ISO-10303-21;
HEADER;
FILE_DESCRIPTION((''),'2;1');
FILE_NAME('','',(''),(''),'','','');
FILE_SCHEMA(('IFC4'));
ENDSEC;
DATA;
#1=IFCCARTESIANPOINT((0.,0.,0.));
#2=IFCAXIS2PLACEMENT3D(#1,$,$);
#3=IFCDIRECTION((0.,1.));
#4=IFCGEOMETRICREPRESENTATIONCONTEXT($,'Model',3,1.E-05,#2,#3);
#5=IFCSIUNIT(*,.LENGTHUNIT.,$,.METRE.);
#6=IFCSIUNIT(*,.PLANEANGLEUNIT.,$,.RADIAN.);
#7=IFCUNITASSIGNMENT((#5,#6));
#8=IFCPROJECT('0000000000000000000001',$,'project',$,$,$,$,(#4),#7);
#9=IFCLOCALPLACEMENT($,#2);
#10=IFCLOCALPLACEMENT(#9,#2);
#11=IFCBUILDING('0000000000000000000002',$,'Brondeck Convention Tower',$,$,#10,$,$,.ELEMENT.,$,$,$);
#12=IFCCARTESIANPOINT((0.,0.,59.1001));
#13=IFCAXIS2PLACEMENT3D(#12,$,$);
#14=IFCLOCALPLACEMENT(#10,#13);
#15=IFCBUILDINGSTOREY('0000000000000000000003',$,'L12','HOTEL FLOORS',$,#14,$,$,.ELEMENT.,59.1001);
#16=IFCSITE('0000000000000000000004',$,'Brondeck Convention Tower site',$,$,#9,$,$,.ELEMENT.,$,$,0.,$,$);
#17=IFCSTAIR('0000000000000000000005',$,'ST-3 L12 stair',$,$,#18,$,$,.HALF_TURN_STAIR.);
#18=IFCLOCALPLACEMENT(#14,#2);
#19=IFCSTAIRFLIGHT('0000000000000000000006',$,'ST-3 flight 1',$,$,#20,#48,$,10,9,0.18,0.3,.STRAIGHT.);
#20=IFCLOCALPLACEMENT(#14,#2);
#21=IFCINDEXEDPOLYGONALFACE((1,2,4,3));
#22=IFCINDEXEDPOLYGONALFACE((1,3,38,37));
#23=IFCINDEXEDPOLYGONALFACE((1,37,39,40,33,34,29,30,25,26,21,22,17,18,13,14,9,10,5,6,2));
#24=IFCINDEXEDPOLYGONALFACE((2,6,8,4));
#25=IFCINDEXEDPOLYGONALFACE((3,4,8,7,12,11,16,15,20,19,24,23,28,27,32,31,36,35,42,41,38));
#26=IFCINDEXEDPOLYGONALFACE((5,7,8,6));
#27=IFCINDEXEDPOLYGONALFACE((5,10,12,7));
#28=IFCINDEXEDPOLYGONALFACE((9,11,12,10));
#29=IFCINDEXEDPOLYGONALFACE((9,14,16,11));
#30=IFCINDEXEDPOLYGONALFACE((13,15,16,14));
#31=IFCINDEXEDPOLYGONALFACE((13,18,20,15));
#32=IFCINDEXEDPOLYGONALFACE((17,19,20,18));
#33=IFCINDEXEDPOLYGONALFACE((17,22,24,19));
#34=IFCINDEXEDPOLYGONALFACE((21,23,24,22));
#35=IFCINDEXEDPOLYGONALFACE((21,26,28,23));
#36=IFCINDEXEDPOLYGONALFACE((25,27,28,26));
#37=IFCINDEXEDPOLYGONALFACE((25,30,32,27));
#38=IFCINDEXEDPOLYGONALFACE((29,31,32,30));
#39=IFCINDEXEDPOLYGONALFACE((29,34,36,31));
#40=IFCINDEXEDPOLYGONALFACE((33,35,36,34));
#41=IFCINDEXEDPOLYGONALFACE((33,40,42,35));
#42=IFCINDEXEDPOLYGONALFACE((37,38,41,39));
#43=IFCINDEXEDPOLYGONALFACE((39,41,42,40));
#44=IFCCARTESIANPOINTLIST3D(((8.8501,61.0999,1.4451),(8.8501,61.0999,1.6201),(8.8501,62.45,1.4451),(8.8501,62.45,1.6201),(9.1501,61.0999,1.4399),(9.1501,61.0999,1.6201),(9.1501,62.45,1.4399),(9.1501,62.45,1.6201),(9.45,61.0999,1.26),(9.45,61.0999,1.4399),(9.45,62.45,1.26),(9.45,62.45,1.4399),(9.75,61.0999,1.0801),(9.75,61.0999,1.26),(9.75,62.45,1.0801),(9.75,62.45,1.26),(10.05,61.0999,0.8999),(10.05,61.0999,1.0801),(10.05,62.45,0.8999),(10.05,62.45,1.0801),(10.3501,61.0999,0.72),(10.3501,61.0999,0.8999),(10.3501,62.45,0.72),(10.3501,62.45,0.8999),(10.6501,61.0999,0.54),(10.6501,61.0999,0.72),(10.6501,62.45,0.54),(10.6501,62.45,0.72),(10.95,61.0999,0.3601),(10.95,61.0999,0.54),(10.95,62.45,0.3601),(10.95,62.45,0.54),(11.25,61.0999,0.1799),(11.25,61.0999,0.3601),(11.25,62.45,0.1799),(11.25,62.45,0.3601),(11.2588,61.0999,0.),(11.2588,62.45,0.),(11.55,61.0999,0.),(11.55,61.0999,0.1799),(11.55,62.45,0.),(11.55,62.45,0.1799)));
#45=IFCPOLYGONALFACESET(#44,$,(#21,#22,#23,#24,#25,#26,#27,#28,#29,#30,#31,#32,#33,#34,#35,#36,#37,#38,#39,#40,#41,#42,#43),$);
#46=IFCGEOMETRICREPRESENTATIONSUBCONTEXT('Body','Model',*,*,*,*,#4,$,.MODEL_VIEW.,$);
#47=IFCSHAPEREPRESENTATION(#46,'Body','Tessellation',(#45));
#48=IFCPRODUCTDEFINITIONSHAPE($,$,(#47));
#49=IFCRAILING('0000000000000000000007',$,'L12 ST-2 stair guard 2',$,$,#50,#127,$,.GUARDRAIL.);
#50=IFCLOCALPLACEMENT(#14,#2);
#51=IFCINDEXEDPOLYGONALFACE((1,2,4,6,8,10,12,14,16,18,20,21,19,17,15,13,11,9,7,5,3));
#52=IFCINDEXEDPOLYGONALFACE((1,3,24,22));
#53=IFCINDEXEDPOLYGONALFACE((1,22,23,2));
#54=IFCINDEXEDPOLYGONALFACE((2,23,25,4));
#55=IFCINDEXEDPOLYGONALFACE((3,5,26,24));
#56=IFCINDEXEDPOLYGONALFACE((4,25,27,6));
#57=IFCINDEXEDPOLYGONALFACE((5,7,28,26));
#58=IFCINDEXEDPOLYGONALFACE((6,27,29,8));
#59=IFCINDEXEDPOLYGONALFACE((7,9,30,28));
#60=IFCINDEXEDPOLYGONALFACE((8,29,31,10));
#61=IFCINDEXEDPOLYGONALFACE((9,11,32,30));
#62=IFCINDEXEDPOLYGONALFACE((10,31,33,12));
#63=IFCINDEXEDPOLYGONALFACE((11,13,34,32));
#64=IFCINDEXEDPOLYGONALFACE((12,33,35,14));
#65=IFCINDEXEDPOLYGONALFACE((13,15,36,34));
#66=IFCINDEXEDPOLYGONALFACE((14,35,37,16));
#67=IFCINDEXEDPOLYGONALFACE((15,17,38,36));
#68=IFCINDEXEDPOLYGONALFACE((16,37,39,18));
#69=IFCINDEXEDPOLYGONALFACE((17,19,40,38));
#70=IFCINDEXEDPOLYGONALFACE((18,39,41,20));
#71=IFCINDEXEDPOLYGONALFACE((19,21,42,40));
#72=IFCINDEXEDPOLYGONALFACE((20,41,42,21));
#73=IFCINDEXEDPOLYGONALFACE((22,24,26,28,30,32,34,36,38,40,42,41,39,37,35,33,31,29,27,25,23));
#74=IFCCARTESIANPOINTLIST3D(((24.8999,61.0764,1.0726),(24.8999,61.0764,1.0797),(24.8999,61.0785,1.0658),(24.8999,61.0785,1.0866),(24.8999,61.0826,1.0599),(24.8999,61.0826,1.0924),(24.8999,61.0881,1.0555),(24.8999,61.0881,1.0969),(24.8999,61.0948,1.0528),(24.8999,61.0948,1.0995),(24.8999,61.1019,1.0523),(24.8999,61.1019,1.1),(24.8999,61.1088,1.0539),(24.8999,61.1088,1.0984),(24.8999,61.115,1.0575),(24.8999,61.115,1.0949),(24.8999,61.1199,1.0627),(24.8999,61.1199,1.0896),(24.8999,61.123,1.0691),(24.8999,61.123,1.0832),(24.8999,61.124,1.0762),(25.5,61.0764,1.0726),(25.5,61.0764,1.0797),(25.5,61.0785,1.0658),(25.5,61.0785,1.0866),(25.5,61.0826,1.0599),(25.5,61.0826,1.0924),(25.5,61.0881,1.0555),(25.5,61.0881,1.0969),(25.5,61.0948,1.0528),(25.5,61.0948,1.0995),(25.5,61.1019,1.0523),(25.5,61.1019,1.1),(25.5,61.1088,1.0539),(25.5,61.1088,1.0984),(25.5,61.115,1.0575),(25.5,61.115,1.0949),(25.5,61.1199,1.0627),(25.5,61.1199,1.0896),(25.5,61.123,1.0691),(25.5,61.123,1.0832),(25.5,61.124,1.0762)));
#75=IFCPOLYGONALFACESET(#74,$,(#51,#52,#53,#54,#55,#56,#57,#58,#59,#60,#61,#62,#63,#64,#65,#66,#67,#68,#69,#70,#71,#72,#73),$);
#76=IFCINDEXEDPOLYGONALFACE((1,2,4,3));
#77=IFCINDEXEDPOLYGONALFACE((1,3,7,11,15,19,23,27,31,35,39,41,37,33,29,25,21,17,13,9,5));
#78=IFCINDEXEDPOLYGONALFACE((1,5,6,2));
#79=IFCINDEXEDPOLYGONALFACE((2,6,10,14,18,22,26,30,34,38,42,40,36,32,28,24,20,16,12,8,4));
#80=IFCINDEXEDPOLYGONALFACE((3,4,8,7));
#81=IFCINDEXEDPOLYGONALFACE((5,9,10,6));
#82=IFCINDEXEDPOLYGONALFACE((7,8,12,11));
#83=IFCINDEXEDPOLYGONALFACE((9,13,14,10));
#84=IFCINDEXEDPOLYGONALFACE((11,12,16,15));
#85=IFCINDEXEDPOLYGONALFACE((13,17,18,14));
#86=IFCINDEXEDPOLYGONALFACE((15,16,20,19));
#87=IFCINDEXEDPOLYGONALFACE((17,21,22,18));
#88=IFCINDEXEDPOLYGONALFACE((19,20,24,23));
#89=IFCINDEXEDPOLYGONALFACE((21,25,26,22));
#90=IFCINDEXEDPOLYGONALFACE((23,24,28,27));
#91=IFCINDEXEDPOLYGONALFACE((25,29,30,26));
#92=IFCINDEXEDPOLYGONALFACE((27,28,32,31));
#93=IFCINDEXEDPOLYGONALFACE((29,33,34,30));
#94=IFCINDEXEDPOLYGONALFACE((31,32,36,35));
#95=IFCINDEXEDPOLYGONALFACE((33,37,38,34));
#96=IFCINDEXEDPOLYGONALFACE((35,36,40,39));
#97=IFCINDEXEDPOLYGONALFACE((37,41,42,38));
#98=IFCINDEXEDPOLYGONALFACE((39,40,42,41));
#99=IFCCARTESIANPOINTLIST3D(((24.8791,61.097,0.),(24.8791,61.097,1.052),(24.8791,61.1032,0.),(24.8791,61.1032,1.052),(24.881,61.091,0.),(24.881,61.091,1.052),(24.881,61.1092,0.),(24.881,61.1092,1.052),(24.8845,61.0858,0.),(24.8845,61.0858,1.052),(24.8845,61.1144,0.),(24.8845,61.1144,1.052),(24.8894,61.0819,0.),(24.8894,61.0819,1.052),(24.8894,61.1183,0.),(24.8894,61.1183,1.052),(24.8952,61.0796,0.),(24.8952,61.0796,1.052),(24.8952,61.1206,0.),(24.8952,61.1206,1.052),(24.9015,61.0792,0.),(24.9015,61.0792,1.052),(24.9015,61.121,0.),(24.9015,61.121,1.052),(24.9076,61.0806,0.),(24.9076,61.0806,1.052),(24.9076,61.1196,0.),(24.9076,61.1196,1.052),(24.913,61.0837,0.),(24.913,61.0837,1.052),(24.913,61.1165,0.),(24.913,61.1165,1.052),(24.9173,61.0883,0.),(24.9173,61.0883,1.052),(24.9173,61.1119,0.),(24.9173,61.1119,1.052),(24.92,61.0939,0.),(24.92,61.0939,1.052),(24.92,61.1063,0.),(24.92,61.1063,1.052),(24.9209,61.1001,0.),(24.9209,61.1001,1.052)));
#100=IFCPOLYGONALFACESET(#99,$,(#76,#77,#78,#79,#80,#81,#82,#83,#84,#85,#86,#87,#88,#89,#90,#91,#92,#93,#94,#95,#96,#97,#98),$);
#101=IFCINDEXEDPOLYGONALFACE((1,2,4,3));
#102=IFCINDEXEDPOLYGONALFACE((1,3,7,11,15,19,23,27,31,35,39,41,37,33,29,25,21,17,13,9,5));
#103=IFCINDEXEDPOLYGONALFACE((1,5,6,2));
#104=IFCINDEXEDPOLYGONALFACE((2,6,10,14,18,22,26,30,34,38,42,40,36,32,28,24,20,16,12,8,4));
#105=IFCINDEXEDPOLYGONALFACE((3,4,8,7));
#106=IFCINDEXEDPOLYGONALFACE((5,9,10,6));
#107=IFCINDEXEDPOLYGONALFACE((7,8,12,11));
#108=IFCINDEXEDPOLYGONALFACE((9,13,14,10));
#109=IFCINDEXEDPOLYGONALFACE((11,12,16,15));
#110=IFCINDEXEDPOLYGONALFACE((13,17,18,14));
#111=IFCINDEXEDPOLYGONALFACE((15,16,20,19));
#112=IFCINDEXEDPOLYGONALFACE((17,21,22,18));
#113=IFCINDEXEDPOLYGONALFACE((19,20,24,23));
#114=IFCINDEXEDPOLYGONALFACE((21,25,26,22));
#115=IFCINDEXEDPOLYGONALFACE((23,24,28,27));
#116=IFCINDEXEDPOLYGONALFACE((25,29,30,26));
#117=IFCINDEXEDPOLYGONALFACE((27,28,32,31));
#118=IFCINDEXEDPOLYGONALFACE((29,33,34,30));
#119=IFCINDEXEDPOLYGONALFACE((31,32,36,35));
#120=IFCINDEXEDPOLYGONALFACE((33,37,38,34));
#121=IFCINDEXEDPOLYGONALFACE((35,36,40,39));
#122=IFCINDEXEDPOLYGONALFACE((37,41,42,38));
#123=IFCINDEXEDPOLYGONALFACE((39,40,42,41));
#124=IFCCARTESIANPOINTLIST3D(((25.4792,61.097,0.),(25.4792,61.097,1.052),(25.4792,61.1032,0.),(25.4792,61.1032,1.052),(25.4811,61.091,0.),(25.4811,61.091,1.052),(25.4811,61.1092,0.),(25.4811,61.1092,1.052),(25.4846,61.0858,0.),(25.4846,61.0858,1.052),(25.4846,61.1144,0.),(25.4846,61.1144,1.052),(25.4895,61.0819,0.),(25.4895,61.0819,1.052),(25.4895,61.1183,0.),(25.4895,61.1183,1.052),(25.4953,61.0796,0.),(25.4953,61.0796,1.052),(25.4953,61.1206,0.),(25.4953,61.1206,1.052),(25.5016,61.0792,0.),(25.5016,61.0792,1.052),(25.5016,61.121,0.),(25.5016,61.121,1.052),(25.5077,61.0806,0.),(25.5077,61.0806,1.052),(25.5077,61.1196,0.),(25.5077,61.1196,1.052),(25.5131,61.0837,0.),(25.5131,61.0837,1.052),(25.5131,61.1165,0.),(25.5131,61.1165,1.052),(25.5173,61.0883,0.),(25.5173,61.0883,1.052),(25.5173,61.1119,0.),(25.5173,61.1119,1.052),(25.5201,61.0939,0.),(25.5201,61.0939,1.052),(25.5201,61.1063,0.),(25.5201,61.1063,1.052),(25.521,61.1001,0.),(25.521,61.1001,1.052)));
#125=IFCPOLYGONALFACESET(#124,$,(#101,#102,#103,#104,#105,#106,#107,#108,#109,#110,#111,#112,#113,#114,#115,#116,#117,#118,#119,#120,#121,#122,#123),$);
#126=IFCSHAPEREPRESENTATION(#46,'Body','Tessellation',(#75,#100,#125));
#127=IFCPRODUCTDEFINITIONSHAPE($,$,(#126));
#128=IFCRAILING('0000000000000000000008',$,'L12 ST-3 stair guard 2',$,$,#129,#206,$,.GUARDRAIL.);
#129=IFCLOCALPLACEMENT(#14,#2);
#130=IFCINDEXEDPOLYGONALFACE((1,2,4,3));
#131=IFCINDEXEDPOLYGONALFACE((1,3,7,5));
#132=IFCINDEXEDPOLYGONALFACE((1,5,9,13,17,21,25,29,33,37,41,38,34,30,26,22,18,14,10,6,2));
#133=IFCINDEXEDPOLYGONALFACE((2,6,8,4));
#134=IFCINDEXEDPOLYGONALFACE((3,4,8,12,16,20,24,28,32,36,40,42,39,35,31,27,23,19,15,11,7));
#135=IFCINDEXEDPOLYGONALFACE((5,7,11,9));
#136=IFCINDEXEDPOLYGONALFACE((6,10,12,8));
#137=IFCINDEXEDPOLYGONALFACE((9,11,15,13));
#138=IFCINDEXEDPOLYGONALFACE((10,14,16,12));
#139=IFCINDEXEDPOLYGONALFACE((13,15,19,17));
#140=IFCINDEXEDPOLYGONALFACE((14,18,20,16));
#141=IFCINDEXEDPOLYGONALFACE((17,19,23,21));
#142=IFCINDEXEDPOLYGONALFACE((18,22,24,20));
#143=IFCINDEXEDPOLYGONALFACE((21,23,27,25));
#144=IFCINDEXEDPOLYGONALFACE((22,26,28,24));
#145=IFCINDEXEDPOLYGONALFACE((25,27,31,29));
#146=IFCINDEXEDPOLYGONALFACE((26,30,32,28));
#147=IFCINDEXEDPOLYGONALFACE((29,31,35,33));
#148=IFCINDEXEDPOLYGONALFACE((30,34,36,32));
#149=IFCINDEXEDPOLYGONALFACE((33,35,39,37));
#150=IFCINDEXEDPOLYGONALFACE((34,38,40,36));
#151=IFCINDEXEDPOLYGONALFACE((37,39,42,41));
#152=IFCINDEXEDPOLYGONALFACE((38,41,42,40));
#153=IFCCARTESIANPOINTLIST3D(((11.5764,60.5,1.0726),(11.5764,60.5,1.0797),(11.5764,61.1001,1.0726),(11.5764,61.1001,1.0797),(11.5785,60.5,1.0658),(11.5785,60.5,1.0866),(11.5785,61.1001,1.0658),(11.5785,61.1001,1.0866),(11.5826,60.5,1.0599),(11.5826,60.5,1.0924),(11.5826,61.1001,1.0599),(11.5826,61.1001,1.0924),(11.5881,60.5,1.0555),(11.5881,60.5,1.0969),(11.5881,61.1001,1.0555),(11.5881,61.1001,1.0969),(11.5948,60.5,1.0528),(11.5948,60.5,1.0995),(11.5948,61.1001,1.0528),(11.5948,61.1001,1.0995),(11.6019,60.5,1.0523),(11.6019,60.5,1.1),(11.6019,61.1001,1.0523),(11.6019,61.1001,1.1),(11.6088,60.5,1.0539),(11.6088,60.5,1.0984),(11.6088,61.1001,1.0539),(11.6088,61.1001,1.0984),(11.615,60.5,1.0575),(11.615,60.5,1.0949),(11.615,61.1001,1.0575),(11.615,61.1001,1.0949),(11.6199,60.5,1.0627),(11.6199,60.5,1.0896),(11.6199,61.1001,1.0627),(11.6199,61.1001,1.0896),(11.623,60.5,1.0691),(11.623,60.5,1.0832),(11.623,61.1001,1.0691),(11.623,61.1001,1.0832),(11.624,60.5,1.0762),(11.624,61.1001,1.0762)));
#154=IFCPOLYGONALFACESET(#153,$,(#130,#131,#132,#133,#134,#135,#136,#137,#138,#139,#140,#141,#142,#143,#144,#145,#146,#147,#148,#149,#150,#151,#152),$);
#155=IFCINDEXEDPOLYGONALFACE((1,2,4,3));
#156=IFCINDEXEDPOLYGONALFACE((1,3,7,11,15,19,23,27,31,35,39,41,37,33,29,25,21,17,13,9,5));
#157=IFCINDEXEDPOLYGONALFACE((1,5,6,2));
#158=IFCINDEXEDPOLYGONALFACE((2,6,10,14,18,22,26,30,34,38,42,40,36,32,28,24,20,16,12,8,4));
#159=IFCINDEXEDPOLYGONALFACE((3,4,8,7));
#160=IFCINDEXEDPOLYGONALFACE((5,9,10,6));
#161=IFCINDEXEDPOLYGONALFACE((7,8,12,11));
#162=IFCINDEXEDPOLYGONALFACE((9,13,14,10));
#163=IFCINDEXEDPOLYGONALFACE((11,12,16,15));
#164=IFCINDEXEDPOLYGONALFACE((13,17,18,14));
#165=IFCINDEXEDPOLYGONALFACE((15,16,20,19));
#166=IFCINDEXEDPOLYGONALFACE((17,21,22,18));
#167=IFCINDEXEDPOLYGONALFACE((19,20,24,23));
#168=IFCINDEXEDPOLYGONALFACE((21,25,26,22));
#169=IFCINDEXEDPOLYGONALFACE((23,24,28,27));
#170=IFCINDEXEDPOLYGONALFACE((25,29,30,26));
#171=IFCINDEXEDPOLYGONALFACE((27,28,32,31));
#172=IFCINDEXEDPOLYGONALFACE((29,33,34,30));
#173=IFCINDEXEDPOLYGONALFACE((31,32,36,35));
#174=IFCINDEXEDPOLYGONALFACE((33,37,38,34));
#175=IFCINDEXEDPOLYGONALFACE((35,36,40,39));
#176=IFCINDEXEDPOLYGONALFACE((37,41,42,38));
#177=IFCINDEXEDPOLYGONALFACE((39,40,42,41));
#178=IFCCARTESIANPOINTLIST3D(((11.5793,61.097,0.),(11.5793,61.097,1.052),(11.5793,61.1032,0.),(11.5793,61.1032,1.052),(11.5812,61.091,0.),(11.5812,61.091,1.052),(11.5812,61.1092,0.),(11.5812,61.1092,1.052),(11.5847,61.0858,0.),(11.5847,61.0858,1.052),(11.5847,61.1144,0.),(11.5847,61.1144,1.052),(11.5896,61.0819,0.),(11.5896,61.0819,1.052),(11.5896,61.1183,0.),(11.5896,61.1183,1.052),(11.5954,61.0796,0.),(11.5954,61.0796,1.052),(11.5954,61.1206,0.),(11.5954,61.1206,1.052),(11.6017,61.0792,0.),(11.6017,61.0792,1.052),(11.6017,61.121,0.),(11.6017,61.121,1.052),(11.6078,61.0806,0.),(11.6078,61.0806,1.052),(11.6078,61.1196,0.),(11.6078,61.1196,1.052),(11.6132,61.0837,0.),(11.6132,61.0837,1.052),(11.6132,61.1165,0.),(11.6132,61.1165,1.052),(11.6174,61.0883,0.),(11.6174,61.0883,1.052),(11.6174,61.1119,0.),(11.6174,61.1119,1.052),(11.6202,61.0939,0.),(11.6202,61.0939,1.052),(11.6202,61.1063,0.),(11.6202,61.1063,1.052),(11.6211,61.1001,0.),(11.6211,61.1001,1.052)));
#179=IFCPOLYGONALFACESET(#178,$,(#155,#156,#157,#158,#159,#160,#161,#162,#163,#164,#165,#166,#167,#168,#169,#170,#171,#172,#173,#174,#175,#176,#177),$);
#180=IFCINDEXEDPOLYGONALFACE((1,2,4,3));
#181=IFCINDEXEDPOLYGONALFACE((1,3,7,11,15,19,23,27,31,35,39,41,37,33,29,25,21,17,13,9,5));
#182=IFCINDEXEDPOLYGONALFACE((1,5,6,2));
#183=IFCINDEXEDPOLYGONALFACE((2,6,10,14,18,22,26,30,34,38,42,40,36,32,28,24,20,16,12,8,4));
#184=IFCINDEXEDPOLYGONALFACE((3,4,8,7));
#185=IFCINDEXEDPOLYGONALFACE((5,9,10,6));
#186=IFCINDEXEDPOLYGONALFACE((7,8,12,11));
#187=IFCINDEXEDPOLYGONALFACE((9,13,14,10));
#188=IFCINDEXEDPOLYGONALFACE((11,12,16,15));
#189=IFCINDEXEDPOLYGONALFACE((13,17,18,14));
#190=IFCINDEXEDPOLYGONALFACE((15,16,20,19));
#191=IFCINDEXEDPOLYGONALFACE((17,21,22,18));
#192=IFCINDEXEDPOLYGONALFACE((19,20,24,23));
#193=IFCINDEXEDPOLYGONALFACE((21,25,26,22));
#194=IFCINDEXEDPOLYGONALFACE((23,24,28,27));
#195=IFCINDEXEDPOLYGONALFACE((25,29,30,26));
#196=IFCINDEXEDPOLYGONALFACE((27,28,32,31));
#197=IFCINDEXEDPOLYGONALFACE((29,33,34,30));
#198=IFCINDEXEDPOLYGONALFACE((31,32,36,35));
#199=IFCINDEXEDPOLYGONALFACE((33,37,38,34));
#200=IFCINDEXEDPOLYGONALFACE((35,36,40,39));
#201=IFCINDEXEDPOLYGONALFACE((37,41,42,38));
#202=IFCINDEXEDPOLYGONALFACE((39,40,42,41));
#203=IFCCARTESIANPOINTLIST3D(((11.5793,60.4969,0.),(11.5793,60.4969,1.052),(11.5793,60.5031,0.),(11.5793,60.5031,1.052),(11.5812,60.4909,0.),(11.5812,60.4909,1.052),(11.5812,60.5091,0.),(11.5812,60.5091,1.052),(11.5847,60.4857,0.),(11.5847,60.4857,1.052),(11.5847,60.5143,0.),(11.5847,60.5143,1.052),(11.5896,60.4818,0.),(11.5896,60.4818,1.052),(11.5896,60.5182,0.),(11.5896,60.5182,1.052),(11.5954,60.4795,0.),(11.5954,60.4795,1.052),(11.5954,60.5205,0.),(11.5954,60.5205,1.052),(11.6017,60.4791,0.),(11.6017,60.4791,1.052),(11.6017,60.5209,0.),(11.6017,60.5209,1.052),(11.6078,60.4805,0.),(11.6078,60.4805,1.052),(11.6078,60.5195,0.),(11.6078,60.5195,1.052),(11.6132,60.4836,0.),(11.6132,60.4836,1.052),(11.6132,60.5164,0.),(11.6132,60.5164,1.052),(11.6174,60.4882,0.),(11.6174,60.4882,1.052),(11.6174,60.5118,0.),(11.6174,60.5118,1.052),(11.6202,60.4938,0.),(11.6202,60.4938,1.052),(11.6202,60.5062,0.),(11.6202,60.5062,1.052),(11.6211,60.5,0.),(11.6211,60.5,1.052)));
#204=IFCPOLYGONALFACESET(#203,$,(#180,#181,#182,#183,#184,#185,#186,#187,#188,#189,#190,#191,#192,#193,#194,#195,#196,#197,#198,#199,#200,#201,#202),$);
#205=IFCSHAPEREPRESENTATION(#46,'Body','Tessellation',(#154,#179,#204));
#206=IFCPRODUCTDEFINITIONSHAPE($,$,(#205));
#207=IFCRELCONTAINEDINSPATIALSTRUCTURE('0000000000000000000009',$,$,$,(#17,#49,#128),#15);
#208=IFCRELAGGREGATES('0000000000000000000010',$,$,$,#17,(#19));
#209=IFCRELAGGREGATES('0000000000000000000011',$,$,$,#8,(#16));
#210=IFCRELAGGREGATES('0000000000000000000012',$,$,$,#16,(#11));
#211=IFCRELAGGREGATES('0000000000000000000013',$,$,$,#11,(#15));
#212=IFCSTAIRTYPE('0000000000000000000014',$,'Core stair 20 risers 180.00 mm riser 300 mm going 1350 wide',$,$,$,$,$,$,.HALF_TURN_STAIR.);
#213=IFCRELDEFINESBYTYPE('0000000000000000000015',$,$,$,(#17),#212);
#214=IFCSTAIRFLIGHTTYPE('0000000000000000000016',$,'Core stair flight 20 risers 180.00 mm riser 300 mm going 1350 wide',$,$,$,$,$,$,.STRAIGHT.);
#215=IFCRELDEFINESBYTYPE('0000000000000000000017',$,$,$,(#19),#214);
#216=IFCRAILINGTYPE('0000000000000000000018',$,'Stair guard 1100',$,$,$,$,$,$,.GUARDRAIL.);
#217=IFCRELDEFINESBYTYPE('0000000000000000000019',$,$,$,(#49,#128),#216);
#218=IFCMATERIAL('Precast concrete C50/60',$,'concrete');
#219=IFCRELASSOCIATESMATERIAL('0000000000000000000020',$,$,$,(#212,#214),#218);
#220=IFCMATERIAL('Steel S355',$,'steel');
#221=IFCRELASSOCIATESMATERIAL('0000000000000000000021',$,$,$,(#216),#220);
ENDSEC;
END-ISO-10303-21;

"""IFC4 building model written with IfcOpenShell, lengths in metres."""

from ifc_helpers import new_model, si_unit, direction, frame, origin, origin_2d, place, context, subcontext, project, spatial, polyline, circle, outline, extrude, material, type_object, element, aggregate, save


model = new_model("IFC4")

# Units and contexts
model_context = context("Model", 3, precision=1e-05, world=origin(), true_north=direction((0.0, 1.0)))
body_context = subcontext(model_context, "Body", "Model", "MODEL_VIEW")
ifc_project = project(units=[si_unit("LENGTHUNIT", "METRE"), si_unit("PLANEANGLEUNIT", "RADIAN")], contexts=[model_context])

# Site, building, storey
site_placement = place(None, origin())
site = spatial("IfcSite", under=ifc_project, at=site_placement, Name="Brondeck Convention Tower site", CompositionType="ELEMENT", RefElevation=0.0)
building_placement = place(site_placement, origin())
building = spatial("IfcBuilding", under=site, at=building_placement, Name="Brondeck Convention Tower", CompositionType="ELEMENT")
storey_placement = place(building_placement, frame((0.0, 0.0, 59.1001)))
storey = spatial("IfcBuildingStorey", under=building, at=storey_placement, Name="L12", Description="HOTEL FLOORS", CompositionType="ELEMENT", Elevation=59.1001)

# Shared definitions
ifc_material_1 = material(Name="Precast concrete C50/60", Category="concrete")
stair_type = type_object("IfcStairType", Name="Core stair 20 risers 180.00 mm riser 300 mm going 1350 wide", PredefinedType="HALF_TURN_STAIR", material=ifc_material_1)
stair_flight_type = type_object("IfcStairFlightType", Name="Core stair flight 20 risers 180.00 mm riser 300 mm going 1350 wide", PredefinedType="STRAIGHT", material=ifc_material_1)

# Stair, stair flight
stair_1_placement = place(storey_placement, origin())
stair_1 = element("IfcStair", 1, at=stair_1_placement, inside=storey, type_object=stair_type, Name="ST-3 L12 stair", PredefinedType="HALF_TURN_STAIR")
stair_flight_1_placement = place(storey_placement, frame((11.55, 61.7749, 0.0), z_axis=(0.0, 0.0, 1.0), x_axis=(-1.0, 0.0, 0.0)))
stair_flight_1 = element("IfcStairFlight", 2, at=stair_flight_1_placement, type_object=stair_flight_type, Name="ST-3 flight 1", NumberOfRisers=10, NumberOfTreads=9, PredefinedType="STRAIGHT", RiserHeight=0.18, TreadLength=0.3, context=body_context, shape_type="SweptSolid", body=[
    extrude(outline(polyline([(0.0, 0.0), (0.0, 0.1799), (0.3, 0.1799), (0.3, 0.3601), (0.6001, 0.3601), (0.6001, 0.54), (0.8999, 0.54), (0.8999, 0.72), (1.2, 0.72), (1.2, 0.8999), (1.5, 0.8999), (1.5, 1.0801), (1.8, 1.0801), (1.8, 1.26), (2.1001, 1.26), (2.1001, 1.4399), (2.3999, 1.4399), (2.3999, 1.6201), (2.7, 1.6201), (2.7, 1.8), (2.7, 1.4451), (0.2913, 0.0), (0.0, 0.0)])), frame((0.0, 0.675, 0.0), z_axis=(0.0, -1.0, 0.0), x_axis=(1.0, 0.0, 0.0)), (0.0, 0.0, 1.0), 1.3501),
])
aggregate(stair_1, [stair_flight_1])

# Railings
ifc_material_2 = material(Name="Steel S355", Category="steel")
railing_type_1 = type_object("IfcRailingType", Name="Stair guard 1100", PredefinedType="GUARDRAIL", material=ifc_material_2)
railing_1_placement = place(storey_placement, frame((24.8999, 61.1001, 0.0)))
element("IfcRailing", 3, at=railing_1_placement, inside=storey, type_object=railing_type_1, Name="L12 ST-2 stair guard 2", PredefinedType="GUARDRAIL", context=body_context, shape_type="SweptSolid", body=[
    extrude(circle(Radius=0.0239, at=origin_2d()), frame((0.0, 0.0, 1.0762), z_axis=(1.0, 0.0, 0.0), x_axis=(0.0, 1.0, 0.0)), (0.0, 0.0, 1.0), 0.6001),
    extrude(circle(Radius=0.021, at=origin_2d()), origin(), (0.0, 0.0, 1.0), 1.052),
    extrude(circle(Radius=0.021, at=origin_2d()), frame((0.6001, 0.0, 0.0)), (0.0, 0.0, 1.0), 1.052),
])
railing_2_placement = place(storey_placement, frame((11.6001, 61.1001, 0.0)))
element("IfcRailing", 4, at=railing_2_placement, inside=storey, type_object=railing_type_1, Name="L12 ST-3 stair guard 2", PredefinedType="GUARDRAIL", context=body_context, shape_type="SweptSolid", body=[
    extrude(circle(Radius=0.0239, at=origin_2d()), frame((0.0, 0.0, 1.0762), z_axis=(0.0, -1.0, 0.0), x_axis=(1.0, 0.0, 0.0)), (0.0, 0.0, 1.0), 0.6001),
    extrude(circle(Radius=0.021, at=origin_2d()), origin(), (0.0, 0.0, 1.0), 1.052),
    extrude(circle(Radius=0.021, at=origin_2d()), frame((0.0, -0.6001, 0.0)), (0.0, 0.0, 1.0), 1.052),
])

save(model, "model.ifc")
